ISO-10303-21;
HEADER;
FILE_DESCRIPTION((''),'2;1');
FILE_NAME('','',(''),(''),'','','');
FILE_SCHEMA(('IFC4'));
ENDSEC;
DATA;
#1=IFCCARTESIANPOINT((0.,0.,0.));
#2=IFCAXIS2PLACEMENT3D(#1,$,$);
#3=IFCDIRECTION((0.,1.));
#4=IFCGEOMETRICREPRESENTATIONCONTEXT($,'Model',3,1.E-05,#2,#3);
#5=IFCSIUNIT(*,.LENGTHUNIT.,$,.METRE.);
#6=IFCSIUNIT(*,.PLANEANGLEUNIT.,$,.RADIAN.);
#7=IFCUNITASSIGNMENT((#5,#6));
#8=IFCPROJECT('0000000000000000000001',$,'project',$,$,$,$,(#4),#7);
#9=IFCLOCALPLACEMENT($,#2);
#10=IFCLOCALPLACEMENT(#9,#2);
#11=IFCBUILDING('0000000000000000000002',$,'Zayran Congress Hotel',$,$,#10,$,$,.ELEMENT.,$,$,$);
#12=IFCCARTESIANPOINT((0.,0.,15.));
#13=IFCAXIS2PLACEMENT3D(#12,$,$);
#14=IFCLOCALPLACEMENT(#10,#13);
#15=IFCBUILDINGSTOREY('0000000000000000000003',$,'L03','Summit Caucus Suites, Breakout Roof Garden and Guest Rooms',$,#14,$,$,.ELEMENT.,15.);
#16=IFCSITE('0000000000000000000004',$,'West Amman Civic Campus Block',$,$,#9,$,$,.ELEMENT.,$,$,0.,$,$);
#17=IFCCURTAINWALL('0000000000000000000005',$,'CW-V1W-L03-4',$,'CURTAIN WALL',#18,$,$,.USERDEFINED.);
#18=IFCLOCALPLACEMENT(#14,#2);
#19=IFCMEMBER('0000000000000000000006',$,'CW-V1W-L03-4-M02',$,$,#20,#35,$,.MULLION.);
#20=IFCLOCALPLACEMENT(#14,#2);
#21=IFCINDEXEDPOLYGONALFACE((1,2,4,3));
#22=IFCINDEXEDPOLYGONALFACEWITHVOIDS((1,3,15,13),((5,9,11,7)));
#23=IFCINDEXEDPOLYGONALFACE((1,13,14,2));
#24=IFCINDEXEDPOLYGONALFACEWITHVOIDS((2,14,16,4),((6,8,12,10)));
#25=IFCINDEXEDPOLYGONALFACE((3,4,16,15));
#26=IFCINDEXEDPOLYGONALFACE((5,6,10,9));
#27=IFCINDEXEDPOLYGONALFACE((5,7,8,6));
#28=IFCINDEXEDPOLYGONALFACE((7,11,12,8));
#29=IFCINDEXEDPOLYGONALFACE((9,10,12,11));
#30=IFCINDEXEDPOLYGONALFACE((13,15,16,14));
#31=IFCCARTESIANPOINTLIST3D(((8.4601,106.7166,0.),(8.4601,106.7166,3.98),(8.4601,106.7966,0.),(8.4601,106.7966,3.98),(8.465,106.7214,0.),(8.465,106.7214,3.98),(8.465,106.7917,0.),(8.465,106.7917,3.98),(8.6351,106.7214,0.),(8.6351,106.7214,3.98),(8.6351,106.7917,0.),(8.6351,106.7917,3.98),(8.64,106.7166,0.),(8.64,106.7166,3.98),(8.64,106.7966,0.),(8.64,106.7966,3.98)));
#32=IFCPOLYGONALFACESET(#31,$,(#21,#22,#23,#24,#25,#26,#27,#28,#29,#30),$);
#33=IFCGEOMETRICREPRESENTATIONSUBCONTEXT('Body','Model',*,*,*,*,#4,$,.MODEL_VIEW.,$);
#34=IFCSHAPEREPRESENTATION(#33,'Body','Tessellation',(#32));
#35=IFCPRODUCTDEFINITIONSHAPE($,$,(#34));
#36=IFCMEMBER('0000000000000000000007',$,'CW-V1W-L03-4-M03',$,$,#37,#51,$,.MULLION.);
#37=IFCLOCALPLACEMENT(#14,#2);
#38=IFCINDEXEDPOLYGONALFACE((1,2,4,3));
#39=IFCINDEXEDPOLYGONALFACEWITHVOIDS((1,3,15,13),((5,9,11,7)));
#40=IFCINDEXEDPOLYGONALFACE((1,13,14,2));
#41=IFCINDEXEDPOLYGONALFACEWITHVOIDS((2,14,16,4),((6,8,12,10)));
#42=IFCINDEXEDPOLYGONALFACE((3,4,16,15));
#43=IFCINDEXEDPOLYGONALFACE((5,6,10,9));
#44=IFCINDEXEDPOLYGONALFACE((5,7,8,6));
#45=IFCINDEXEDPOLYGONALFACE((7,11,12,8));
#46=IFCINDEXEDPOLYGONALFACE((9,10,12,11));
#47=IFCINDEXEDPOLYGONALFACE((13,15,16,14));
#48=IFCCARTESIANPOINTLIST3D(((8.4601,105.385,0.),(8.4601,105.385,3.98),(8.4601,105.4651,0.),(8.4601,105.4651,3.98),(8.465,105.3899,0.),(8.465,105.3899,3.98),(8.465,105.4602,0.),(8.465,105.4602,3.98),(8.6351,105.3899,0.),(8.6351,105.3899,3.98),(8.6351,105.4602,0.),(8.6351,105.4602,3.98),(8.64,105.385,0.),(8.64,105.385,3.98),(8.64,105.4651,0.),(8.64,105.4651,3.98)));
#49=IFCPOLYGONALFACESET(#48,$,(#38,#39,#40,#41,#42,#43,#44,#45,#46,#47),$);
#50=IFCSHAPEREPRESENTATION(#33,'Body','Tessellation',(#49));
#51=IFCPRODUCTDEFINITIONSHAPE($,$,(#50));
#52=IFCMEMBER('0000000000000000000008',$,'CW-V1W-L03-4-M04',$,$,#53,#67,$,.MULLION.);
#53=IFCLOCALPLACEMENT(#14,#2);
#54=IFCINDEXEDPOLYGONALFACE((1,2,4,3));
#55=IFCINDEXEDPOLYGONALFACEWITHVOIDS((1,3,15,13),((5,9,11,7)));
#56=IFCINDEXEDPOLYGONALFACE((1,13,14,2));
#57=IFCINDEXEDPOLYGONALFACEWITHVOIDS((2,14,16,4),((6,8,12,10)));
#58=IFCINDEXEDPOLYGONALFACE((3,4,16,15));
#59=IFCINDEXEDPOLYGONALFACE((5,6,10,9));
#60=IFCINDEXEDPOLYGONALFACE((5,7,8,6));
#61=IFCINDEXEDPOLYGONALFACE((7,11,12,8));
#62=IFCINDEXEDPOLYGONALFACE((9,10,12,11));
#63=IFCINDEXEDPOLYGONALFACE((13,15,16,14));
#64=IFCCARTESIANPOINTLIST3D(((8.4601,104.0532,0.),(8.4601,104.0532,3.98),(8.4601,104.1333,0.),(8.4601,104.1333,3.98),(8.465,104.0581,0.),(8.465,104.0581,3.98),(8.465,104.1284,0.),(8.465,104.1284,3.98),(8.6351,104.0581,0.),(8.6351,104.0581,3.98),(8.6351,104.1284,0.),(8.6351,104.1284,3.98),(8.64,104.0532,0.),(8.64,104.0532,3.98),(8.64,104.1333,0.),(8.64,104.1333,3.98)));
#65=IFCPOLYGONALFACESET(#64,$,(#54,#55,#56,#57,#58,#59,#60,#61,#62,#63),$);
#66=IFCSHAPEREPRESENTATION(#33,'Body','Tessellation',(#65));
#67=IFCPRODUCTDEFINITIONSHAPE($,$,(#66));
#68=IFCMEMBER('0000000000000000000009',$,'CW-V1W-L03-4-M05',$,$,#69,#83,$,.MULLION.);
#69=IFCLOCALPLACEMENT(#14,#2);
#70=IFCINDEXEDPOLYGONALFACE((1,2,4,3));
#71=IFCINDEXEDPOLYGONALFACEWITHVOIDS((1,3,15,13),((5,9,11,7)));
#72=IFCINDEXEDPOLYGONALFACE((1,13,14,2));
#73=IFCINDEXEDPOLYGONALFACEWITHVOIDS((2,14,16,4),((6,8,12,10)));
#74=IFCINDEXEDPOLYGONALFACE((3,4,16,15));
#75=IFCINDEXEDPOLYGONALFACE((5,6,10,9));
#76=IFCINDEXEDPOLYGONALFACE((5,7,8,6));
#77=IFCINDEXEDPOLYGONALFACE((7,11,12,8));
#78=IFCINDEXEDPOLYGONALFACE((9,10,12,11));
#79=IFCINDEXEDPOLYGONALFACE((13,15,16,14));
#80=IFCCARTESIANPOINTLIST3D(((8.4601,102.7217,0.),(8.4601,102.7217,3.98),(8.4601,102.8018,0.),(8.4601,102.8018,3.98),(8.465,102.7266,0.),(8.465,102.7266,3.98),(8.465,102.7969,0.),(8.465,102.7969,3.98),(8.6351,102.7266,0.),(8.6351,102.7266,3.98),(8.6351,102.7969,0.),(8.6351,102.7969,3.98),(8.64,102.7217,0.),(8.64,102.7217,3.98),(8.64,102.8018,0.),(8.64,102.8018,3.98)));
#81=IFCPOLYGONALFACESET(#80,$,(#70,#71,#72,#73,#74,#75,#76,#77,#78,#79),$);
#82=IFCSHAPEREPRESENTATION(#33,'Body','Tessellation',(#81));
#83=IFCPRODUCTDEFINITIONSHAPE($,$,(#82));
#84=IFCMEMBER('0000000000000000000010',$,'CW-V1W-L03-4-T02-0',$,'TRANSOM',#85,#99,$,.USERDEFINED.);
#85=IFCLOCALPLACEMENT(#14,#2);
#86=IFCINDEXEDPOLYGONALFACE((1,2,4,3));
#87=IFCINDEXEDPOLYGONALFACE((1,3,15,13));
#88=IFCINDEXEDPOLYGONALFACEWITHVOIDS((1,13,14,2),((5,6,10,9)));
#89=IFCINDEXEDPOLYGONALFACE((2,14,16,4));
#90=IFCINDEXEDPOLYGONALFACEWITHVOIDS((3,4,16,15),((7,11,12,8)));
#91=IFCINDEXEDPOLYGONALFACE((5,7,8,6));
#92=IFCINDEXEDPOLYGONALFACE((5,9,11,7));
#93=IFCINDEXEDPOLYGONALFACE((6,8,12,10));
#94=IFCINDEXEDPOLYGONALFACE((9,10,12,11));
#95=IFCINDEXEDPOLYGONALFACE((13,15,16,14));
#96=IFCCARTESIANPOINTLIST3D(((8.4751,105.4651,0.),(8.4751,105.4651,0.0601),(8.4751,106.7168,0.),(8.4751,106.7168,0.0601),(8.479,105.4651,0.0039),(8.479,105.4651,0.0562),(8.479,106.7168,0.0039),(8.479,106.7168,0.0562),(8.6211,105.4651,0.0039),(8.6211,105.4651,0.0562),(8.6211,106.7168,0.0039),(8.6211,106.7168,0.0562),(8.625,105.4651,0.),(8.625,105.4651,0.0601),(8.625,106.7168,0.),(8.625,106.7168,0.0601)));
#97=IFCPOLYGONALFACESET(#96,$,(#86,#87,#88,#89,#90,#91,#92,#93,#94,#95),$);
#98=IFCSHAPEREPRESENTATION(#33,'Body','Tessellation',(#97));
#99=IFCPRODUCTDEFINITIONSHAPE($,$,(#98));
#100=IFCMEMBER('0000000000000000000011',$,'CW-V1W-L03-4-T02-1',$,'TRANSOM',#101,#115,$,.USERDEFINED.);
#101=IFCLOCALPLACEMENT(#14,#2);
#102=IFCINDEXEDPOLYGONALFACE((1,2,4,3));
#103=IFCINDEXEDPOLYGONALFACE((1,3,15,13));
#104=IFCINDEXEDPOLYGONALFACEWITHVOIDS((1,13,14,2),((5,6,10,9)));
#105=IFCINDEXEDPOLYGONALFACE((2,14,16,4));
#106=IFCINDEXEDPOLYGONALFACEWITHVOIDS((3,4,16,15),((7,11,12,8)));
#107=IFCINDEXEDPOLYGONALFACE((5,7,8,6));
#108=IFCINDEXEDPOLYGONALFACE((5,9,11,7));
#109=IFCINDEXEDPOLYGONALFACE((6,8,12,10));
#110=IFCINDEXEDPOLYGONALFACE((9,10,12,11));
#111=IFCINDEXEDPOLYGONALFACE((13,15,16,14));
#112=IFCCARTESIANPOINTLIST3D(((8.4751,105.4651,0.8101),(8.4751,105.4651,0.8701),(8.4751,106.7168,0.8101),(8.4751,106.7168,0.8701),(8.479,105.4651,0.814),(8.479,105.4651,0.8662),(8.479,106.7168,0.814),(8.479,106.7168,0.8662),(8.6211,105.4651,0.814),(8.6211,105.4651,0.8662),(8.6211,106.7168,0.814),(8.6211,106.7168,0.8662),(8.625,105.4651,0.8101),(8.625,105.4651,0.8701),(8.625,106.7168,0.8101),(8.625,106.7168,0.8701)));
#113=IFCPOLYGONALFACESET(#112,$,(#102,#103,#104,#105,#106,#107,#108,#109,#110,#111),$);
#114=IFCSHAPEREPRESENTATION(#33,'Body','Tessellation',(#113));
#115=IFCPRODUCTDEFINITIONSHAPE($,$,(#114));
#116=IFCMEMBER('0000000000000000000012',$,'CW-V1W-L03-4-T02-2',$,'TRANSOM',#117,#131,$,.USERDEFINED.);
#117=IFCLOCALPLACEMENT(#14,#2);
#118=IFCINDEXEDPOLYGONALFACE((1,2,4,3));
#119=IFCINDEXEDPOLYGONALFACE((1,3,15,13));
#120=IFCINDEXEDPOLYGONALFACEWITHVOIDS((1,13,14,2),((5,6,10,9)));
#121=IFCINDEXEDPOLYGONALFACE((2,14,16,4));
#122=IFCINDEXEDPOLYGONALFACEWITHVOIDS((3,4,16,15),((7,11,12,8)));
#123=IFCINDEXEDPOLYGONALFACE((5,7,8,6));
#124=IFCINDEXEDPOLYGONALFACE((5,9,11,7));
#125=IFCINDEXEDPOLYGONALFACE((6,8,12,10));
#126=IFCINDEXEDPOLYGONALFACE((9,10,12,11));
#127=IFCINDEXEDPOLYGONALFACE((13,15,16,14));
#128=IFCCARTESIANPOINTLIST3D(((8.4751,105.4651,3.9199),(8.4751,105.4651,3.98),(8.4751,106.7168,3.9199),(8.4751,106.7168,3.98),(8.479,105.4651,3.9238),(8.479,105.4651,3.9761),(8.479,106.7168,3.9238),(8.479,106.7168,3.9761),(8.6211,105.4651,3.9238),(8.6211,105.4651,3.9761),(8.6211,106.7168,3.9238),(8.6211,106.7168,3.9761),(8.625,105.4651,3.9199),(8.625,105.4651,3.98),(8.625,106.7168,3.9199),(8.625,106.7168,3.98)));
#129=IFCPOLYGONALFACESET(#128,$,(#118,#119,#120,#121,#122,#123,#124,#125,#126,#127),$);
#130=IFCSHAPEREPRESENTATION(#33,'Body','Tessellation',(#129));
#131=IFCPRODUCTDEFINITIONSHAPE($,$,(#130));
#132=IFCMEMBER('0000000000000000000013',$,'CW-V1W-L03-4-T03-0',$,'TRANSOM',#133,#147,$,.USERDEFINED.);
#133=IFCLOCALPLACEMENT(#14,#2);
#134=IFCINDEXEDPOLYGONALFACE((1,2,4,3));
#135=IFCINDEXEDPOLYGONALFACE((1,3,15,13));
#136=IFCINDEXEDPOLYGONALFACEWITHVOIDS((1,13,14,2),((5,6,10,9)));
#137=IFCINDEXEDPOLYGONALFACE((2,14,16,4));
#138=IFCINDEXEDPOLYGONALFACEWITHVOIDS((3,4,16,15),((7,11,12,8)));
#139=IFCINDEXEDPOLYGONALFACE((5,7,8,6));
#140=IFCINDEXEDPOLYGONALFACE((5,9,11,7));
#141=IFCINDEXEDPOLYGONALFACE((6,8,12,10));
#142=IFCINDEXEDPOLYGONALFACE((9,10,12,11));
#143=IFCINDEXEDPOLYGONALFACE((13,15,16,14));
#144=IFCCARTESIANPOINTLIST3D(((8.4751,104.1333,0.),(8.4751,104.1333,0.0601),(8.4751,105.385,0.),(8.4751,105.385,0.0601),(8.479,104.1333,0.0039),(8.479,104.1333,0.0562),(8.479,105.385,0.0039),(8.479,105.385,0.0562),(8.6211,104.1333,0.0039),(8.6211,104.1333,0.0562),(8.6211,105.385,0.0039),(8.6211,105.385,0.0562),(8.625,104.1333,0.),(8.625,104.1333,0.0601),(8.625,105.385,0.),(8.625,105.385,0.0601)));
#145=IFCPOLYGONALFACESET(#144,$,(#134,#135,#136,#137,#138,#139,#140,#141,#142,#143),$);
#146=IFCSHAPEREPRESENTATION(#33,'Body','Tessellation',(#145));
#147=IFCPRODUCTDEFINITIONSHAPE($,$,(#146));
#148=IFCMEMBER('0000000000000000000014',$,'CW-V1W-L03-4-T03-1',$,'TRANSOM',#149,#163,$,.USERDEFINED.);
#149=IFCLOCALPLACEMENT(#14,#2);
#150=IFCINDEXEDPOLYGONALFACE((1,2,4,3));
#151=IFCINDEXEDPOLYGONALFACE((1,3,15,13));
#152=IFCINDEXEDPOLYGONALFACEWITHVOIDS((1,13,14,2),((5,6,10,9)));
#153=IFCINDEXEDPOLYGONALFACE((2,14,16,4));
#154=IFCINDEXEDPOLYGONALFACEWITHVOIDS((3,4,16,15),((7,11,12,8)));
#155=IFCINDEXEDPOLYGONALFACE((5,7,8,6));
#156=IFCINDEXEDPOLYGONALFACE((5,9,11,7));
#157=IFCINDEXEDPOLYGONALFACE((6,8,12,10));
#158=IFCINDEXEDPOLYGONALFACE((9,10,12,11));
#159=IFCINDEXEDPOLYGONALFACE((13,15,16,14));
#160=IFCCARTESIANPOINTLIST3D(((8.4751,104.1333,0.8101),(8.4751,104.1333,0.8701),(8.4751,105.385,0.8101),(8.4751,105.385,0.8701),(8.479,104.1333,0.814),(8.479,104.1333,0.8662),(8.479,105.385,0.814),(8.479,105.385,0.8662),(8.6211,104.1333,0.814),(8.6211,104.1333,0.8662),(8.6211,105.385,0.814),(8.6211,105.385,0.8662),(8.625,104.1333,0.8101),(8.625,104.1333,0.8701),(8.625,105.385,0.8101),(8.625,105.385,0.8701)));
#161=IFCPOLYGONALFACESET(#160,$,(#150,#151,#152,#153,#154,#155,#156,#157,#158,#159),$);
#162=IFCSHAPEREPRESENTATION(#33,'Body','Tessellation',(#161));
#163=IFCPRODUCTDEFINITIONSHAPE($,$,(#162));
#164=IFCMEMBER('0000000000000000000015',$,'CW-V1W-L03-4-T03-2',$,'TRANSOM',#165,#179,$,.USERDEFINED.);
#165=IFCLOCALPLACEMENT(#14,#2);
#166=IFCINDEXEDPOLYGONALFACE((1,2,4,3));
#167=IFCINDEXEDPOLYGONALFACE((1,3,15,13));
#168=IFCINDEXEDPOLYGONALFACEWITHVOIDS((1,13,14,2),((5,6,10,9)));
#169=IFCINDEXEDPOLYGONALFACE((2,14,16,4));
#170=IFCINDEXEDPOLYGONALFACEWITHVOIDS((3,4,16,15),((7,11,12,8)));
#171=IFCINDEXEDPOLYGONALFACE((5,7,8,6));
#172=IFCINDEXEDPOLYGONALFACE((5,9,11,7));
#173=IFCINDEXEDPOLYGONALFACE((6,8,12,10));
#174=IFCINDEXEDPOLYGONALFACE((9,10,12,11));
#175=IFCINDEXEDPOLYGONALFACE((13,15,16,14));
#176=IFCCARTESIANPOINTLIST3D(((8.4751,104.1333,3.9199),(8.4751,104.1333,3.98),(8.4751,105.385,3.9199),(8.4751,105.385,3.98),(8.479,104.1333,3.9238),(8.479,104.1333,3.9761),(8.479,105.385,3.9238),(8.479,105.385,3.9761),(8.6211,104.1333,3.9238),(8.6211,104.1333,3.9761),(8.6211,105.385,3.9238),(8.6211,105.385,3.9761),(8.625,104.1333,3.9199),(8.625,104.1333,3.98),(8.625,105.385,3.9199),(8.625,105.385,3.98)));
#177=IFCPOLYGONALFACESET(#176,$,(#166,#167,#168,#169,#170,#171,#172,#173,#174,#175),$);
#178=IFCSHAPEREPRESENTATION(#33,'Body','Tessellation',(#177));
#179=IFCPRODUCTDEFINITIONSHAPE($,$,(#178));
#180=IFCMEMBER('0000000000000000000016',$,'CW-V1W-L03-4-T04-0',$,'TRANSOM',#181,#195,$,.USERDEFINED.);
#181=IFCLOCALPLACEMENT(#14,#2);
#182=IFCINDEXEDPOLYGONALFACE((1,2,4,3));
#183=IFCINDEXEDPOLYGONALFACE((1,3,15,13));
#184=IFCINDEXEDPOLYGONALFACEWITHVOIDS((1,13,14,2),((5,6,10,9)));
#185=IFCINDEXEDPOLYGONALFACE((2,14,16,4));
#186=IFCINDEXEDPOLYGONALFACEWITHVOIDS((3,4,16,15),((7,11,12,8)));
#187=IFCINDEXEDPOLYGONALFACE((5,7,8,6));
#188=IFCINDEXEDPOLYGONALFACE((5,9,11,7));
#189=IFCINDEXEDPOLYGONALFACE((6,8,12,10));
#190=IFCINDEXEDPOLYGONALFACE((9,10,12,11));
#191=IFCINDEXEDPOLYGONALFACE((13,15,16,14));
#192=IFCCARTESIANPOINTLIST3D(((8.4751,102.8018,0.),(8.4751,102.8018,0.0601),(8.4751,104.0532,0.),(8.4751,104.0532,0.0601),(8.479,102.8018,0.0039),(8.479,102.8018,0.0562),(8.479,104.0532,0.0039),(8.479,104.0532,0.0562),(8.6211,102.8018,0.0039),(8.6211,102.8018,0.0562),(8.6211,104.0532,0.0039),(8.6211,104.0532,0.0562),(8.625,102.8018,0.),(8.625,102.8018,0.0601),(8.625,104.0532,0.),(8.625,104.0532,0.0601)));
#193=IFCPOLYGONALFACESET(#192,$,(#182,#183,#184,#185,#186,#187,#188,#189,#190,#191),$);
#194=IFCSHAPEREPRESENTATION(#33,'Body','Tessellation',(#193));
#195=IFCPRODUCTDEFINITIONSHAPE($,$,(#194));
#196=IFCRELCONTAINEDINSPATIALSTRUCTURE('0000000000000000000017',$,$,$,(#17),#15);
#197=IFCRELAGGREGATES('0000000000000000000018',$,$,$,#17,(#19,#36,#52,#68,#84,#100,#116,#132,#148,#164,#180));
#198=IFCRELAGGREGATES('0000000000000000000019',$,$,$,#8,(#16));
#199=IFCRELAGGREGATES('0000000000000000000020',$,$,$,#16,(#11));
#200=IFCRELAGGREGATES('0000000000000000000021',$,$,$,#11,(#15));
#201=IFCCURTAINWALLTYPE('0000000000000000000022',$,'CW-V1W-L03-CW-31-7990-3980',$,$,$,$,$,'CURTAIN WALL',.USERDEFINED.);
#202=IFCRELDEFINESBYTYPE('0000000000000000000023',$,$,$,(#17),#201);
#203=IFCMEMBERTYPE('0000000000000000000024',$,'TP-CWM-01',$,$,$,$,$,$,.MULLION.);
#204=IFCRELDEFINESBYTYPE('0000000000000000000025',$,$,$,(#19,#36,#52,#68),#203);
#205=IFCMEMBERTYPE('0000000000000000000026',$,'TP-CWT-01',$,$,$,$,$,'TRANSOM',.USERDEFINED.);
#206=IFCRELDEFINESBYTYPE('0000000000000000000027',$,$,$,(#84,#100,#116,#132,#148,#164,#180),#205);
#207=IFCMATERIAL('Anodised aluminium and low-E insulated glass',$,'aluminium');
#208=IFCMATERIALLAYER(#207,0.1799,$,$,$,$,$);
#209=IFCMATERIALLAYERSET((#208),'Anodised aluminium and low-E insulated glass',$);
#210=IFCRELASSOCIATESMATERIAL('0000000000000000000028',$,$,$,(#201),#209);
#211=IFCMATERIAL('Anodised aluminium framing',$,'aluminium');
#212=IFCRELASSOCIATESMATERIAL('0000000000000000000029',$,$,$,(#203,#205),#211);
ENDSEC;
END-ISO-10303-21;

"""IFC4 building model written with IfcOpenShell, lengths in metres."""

from ifc_helpers import new_model, si_unit, direction, frame, origin, origin_2d, place, context, subcontext, project, spatial, hollow_rectangle, extrude, material, layer, layer_set, material_profile, profile_set, type_object, element, aggregate, save


model = new_model("IFC4")

# Units and contexts
model_context = context("Model", 3, precision=1e-05, world=origin(), true_north=direction((0.0, 1.0)))
body_context = subcontext(model_context, "Body", "Model", "MODEL_VIEW")
ifc_project = project(units=[si_unit("LENGTHUNIT", "METRE"), si_unit("PLANEANGLEUNIT", "RADIAN")], contexts=[model_context])

# Site, building, storey
site_placement = place(None, origin())
site = spatial("IfcSite", under=ifc_project, at=site_placement, Name="West Amman Civic Campus Block", CompositionType="ELEMENT", RefElevation=0.0)
building_placement = place(site_placement, origin())
building = spatial("IfcBuilding", under=site, at=building_placement, Name="Zayran Congress Hotel", CompositionType="ELEMENT")
storey_placement = place(building_placement, frame((0.0, 0.0, 15.0)))
storey = spatial("IfcBuildingStorey", under=building, at=storey_placement, Name="L03", Description="Summit Caucus Suites, Breakout Roof Garden and Guest Rooms", CompositionType="ELEMENT", Elevation=15.0)

# Curtain wall, members
ifc_material_1 = material(Name="Anodised aluminium and low-E insulated glass", Category="aluminium")
ifc_layer_1 = layer(ifc_material_1, 0.1799)
ifc_layer_set_1 = layer_set([ifc_layer_1], Name="Anodised aluminium and low-E insulated glass")
curtain_wall_type = type_object("IfcCurtainWallType", Name="CW-V1W-L03-CW-31-7990-3980", ElementType="CURTAIN WALL", PredefinedType="USERDEFINED", material=ifc_layer_set_1)
curtain_wall_placement = place(storey_placement, origin())
curtain_wall = element("IfcCurtainWall", 1, at=curtain_wall_placement, inside=storey, type_object=curtain_wall_type, Name="CW-V1W-L03-4", ObjectType="CURTAIN WALL", PredefinedType="USERDEFINED")
ifc_material_2 = material(Name="Anodised aluminium framing", Category="aluminium")
ifc_material_profile_1 = material_profile(ifc_material_2, hollow_rectangle(XDim=0.0801, YDim=0.1799, WallThickness=0.0049, at=origin_2d()), Name="RHS 180x80x5")
ifc_profile_set_1 = profile_set([ifc_material_profile_1], Name="Anodised aluminium framing")
member_type_1 = type_object("IfcMemberType", Name="TP-CWM-01", PredefinedType="MULLION", material=ifc_profile_set_1)
member_1_placement = place(storey_placement, frame((8.55, 106.7566, 0.0), z_axis=(0.0, 0.0, 1.0), x_axis=(0.0, 1.0, 0.0)))
member_1 = element("IfcMember", 2, at=member_1_placement, type_object=member_type_1, Name="CW-V1W-L03-4-M02", PredefinedType="MULLION", context=body_context, shape_type="SweptSolid", body=[
    extrude(hollow_rectangle(XDim=0.0801, YDim=0.1799, WallThickness=0.0049, at=origin_2d()), origin(), (0.0, 0.0, 1.0), 3.98),
])
member_2_placement = place(storey_placement, frame((8.55, 105.425, 0.0), z_axis=(0.0, 0.0, 1.0), x_axis=(0.0, 1.0, 0.0)))
member_2 = element("IfcMember", 3, at=member_2_placement, type_object=member_type_1, Name="CW-V1W-L03-4-M03", PredefinedType="MULLION", context=body_context, shape_type="SweptSolid", body=[
    extrude(hollow_rectangle(XDim=0.0801, YDim=0.1799, WallThickness=0.0049, at=origin_2d()), origin(), (0.0, 0.0, 1.0), 3.98),
])
member_3_placement = place(storey_placement, frame((8.55, 104.0933, 0.0), z_axis=(0.0, 0.0, 1.0), x_axis=(0.0, 1.0, 0.0)))
member_3 = element("IfcMember", 4, at=member_3_placement, type_object=member_type_1, Name="CW-V1W-L03-4-M04", PredefinedType="MULLION", context=body_context, shape_type="SweptSolid", body=[
    extrude(hollow_rectangle(XDim=0.0801, YDim=0.1799, WallThickness=0.0049, at=origin_2d()), origin(), (0.0, 0.0, 1.0), 3.98),
])
member_4_placement = place(storey_placement, frame((8.55, 102.7617, 0.0), z_axis=(0.0, 0.0, 1.0), x_axis=(0.0, 1.0, 0.0)))
member_4 = element("IfcMember", 5, at=member_4_placement, type_object=member_type_1, Name="CW-V1W-L03-4-M05", PredefinedType="MULLION", context=body_context, shape_type="SweptSolid", body=[
    extrude(hollow_rectangle(XDim=0.0801, YDim=0.1799, WallThickness=0.0049, at=origin_2d()), origin(), (0.0, 0.0, 1.0), 3.98),
])
ifc_material_profile_2 = material_profile(ifc_material_2, hollow_rectangle(XDim=0.0601, YDim=0.1499, WallThickness=0.0039, at=origin_2d()), Name="RHS 150x60x4")
ifc_profile_set_2 = profile_set([ifc_material_profile_2], Name="Anodised aluminium framing")
member_type_2 = type_object("IfcMemberType", Name="TP-CWT-01", ElementType="TRANSOM", PredefinedType="USERDEFINED", material=ifc_profile_set_2)
member_5_placement = place(storey_placement, frame((8.55, 106.7168, 0.03), z_axis=(0.0, -1.0, 0.0), x_axis=(0.0, 0.0, 1.0)))
member_5 = element("IfcMember", 6, at=member_5_placement, type_object=member_type_2, Name="CW-V1W-L03-4-T02-0", ObjectType="TRANSOM", PredefinedType="USERDEFINED", context=body_context, shape_type="SweptSolid", body=[
    extrude(hollow_rectangle(XDim=0.0601, YDim=0.1499, WallThickness=0.0039, at=origin_2d()), origin(), (0.0, 0.0, 1.0), 1.2517),
])
member_6_placement = place(storey_placement, frame((8.55, 106.7168, 0.8401), z_axis=(0.0, -1.0, 0.0), x_axis=(0.0, 0.0, 1.0)))
member_6 = element("IfcMember", 7, at=member_6_placement, type_object=member_type_2, Name="CW-V1W-L03-4-T02-1", ObjectType="TRANSOM", PredefinedType="USERDEFINED", context=body_context, shape_type="SweptSolid", body=[
    extrude(hollow_rectangle(XDim=0.0601, YDim=0.1499, WallThickness=0.0039, at=origin_2d()), origin(), (0.0, 0.0, 1.0), 1.2517),
])
member_7_placement = place(storey_placement, frame((8.55, 106.7168, 3.95), z_axis=(0.0, -1.0, 0.0), x_axis=(0.0, 0.0, 1.0)))
member_7 = element("IfcMember", 8, at=member_7_placement, type_object=member_type_2, Name="CW-V1W-L03-4-T02-2", ObjectType="TRANSOM", PredefinedType="USERDEFINED", context=body_context, shape_type="SweptSolid", body=[
    extrude(hollow_rectangle(XDim=0.0601, YDim=0.1499, WallThickness=0.0039, at=origin_2d()), origin(), (0.0, 0.0, 1.0), 1.2517),
])
member_8_placement = place(storey_placement, frame((8.55, 105.385, 0.03), z_axis=(0.0, -1.0, 0.0), x_axis=(0.0, 0.0, 1.0)))
member_8 = element("IfcMember", 9, at=member_8_placement, type_object=member_type_2, Name="CW-V1W-L03-4-T03-0", ObjectType="TRANSOM", PredefinedType="USERDEFINED", context=body_context, shape_type="SweptSolid", body=[
    extrude(hollow_rectangle(XDim=0.0601, YDim=0.1499, WallThickness=0.0039, at=origin_2d()), origin(), (0.0, 0.0, 1.0), 1.2517),
])
member_9_placement = place(storey_placement, frame((8.55, 105.385, 0.8401), z_axis=(0.0, -1.0, 0.0), x_axis=(0.0, 0.0, 1.0)))
member_9 = element("IfcMember", 10, at=member_9_placement, type_object=member_type_2, Name="CW-V1W-L03-4-T03-1", ObjectType="TRANSOM", PredefinedType="USERDEFINED", context=body_context, shape_type="SweptSolid", body=[
    extrude(hollow_rectangle(XDim=0.0601, YDim=0.1499, WallThickness=0.0039, at=origin_2d()), origin(), (0.0, 0.0, 1.0), 1.2517),
])
member_10_placement = place(storey_placement, frame((8.55, 105.385, 3.95), z_axis=(0.0, -1.0, 0.0), x_axis=(0.0, 0.0, 1.0)))
member_10 = element("IfcMember", 11, at=member_10_placement, type_object=member_type_2, Name="CW-V1W-L03-4-T03-2", ObjectType="TRANSOM", PredefinedType="USERDEFINED", context=body_context, shape_type="SweptSolid", body=[
    extrude(hollow_rectangle(XDim=0.0601, YDim=0.1499, WallThickness=0.0039, at=origin_2d()), origin(), (0.0, 0.0, 1.0), 1.2517),
])
member_11_placement = place(storey_placement, frame((8.55, 104.0532, 0.03), z_axis=(0.0, -1.0, 0.0), x_axis=(0.0, 0.0, 1.0)))
member_11 = element("IfcMember", 12, at=member_11_placement, type_object=member_type_2, Name="CW-V1W-L03-4-T04-0", ObjectType="TRANSOM", PredefinedType="USERDEFINED", context=body_context, shape_type="SweptSolid", body=[
    extrude(hollow_rectangle(XDim=0.0601, YDim=0.1499, WallThickness=0.0039, at=origin_2d()), origin(), (0.0, 0.0, 1.0), 1.2515),
])
aggregate(curtain_wall, [member_1, member_2, member_3, member_4, member_5, member_6, member_7, member_8, member_9, member_10, member_11])

save(model, "model.ifc")
